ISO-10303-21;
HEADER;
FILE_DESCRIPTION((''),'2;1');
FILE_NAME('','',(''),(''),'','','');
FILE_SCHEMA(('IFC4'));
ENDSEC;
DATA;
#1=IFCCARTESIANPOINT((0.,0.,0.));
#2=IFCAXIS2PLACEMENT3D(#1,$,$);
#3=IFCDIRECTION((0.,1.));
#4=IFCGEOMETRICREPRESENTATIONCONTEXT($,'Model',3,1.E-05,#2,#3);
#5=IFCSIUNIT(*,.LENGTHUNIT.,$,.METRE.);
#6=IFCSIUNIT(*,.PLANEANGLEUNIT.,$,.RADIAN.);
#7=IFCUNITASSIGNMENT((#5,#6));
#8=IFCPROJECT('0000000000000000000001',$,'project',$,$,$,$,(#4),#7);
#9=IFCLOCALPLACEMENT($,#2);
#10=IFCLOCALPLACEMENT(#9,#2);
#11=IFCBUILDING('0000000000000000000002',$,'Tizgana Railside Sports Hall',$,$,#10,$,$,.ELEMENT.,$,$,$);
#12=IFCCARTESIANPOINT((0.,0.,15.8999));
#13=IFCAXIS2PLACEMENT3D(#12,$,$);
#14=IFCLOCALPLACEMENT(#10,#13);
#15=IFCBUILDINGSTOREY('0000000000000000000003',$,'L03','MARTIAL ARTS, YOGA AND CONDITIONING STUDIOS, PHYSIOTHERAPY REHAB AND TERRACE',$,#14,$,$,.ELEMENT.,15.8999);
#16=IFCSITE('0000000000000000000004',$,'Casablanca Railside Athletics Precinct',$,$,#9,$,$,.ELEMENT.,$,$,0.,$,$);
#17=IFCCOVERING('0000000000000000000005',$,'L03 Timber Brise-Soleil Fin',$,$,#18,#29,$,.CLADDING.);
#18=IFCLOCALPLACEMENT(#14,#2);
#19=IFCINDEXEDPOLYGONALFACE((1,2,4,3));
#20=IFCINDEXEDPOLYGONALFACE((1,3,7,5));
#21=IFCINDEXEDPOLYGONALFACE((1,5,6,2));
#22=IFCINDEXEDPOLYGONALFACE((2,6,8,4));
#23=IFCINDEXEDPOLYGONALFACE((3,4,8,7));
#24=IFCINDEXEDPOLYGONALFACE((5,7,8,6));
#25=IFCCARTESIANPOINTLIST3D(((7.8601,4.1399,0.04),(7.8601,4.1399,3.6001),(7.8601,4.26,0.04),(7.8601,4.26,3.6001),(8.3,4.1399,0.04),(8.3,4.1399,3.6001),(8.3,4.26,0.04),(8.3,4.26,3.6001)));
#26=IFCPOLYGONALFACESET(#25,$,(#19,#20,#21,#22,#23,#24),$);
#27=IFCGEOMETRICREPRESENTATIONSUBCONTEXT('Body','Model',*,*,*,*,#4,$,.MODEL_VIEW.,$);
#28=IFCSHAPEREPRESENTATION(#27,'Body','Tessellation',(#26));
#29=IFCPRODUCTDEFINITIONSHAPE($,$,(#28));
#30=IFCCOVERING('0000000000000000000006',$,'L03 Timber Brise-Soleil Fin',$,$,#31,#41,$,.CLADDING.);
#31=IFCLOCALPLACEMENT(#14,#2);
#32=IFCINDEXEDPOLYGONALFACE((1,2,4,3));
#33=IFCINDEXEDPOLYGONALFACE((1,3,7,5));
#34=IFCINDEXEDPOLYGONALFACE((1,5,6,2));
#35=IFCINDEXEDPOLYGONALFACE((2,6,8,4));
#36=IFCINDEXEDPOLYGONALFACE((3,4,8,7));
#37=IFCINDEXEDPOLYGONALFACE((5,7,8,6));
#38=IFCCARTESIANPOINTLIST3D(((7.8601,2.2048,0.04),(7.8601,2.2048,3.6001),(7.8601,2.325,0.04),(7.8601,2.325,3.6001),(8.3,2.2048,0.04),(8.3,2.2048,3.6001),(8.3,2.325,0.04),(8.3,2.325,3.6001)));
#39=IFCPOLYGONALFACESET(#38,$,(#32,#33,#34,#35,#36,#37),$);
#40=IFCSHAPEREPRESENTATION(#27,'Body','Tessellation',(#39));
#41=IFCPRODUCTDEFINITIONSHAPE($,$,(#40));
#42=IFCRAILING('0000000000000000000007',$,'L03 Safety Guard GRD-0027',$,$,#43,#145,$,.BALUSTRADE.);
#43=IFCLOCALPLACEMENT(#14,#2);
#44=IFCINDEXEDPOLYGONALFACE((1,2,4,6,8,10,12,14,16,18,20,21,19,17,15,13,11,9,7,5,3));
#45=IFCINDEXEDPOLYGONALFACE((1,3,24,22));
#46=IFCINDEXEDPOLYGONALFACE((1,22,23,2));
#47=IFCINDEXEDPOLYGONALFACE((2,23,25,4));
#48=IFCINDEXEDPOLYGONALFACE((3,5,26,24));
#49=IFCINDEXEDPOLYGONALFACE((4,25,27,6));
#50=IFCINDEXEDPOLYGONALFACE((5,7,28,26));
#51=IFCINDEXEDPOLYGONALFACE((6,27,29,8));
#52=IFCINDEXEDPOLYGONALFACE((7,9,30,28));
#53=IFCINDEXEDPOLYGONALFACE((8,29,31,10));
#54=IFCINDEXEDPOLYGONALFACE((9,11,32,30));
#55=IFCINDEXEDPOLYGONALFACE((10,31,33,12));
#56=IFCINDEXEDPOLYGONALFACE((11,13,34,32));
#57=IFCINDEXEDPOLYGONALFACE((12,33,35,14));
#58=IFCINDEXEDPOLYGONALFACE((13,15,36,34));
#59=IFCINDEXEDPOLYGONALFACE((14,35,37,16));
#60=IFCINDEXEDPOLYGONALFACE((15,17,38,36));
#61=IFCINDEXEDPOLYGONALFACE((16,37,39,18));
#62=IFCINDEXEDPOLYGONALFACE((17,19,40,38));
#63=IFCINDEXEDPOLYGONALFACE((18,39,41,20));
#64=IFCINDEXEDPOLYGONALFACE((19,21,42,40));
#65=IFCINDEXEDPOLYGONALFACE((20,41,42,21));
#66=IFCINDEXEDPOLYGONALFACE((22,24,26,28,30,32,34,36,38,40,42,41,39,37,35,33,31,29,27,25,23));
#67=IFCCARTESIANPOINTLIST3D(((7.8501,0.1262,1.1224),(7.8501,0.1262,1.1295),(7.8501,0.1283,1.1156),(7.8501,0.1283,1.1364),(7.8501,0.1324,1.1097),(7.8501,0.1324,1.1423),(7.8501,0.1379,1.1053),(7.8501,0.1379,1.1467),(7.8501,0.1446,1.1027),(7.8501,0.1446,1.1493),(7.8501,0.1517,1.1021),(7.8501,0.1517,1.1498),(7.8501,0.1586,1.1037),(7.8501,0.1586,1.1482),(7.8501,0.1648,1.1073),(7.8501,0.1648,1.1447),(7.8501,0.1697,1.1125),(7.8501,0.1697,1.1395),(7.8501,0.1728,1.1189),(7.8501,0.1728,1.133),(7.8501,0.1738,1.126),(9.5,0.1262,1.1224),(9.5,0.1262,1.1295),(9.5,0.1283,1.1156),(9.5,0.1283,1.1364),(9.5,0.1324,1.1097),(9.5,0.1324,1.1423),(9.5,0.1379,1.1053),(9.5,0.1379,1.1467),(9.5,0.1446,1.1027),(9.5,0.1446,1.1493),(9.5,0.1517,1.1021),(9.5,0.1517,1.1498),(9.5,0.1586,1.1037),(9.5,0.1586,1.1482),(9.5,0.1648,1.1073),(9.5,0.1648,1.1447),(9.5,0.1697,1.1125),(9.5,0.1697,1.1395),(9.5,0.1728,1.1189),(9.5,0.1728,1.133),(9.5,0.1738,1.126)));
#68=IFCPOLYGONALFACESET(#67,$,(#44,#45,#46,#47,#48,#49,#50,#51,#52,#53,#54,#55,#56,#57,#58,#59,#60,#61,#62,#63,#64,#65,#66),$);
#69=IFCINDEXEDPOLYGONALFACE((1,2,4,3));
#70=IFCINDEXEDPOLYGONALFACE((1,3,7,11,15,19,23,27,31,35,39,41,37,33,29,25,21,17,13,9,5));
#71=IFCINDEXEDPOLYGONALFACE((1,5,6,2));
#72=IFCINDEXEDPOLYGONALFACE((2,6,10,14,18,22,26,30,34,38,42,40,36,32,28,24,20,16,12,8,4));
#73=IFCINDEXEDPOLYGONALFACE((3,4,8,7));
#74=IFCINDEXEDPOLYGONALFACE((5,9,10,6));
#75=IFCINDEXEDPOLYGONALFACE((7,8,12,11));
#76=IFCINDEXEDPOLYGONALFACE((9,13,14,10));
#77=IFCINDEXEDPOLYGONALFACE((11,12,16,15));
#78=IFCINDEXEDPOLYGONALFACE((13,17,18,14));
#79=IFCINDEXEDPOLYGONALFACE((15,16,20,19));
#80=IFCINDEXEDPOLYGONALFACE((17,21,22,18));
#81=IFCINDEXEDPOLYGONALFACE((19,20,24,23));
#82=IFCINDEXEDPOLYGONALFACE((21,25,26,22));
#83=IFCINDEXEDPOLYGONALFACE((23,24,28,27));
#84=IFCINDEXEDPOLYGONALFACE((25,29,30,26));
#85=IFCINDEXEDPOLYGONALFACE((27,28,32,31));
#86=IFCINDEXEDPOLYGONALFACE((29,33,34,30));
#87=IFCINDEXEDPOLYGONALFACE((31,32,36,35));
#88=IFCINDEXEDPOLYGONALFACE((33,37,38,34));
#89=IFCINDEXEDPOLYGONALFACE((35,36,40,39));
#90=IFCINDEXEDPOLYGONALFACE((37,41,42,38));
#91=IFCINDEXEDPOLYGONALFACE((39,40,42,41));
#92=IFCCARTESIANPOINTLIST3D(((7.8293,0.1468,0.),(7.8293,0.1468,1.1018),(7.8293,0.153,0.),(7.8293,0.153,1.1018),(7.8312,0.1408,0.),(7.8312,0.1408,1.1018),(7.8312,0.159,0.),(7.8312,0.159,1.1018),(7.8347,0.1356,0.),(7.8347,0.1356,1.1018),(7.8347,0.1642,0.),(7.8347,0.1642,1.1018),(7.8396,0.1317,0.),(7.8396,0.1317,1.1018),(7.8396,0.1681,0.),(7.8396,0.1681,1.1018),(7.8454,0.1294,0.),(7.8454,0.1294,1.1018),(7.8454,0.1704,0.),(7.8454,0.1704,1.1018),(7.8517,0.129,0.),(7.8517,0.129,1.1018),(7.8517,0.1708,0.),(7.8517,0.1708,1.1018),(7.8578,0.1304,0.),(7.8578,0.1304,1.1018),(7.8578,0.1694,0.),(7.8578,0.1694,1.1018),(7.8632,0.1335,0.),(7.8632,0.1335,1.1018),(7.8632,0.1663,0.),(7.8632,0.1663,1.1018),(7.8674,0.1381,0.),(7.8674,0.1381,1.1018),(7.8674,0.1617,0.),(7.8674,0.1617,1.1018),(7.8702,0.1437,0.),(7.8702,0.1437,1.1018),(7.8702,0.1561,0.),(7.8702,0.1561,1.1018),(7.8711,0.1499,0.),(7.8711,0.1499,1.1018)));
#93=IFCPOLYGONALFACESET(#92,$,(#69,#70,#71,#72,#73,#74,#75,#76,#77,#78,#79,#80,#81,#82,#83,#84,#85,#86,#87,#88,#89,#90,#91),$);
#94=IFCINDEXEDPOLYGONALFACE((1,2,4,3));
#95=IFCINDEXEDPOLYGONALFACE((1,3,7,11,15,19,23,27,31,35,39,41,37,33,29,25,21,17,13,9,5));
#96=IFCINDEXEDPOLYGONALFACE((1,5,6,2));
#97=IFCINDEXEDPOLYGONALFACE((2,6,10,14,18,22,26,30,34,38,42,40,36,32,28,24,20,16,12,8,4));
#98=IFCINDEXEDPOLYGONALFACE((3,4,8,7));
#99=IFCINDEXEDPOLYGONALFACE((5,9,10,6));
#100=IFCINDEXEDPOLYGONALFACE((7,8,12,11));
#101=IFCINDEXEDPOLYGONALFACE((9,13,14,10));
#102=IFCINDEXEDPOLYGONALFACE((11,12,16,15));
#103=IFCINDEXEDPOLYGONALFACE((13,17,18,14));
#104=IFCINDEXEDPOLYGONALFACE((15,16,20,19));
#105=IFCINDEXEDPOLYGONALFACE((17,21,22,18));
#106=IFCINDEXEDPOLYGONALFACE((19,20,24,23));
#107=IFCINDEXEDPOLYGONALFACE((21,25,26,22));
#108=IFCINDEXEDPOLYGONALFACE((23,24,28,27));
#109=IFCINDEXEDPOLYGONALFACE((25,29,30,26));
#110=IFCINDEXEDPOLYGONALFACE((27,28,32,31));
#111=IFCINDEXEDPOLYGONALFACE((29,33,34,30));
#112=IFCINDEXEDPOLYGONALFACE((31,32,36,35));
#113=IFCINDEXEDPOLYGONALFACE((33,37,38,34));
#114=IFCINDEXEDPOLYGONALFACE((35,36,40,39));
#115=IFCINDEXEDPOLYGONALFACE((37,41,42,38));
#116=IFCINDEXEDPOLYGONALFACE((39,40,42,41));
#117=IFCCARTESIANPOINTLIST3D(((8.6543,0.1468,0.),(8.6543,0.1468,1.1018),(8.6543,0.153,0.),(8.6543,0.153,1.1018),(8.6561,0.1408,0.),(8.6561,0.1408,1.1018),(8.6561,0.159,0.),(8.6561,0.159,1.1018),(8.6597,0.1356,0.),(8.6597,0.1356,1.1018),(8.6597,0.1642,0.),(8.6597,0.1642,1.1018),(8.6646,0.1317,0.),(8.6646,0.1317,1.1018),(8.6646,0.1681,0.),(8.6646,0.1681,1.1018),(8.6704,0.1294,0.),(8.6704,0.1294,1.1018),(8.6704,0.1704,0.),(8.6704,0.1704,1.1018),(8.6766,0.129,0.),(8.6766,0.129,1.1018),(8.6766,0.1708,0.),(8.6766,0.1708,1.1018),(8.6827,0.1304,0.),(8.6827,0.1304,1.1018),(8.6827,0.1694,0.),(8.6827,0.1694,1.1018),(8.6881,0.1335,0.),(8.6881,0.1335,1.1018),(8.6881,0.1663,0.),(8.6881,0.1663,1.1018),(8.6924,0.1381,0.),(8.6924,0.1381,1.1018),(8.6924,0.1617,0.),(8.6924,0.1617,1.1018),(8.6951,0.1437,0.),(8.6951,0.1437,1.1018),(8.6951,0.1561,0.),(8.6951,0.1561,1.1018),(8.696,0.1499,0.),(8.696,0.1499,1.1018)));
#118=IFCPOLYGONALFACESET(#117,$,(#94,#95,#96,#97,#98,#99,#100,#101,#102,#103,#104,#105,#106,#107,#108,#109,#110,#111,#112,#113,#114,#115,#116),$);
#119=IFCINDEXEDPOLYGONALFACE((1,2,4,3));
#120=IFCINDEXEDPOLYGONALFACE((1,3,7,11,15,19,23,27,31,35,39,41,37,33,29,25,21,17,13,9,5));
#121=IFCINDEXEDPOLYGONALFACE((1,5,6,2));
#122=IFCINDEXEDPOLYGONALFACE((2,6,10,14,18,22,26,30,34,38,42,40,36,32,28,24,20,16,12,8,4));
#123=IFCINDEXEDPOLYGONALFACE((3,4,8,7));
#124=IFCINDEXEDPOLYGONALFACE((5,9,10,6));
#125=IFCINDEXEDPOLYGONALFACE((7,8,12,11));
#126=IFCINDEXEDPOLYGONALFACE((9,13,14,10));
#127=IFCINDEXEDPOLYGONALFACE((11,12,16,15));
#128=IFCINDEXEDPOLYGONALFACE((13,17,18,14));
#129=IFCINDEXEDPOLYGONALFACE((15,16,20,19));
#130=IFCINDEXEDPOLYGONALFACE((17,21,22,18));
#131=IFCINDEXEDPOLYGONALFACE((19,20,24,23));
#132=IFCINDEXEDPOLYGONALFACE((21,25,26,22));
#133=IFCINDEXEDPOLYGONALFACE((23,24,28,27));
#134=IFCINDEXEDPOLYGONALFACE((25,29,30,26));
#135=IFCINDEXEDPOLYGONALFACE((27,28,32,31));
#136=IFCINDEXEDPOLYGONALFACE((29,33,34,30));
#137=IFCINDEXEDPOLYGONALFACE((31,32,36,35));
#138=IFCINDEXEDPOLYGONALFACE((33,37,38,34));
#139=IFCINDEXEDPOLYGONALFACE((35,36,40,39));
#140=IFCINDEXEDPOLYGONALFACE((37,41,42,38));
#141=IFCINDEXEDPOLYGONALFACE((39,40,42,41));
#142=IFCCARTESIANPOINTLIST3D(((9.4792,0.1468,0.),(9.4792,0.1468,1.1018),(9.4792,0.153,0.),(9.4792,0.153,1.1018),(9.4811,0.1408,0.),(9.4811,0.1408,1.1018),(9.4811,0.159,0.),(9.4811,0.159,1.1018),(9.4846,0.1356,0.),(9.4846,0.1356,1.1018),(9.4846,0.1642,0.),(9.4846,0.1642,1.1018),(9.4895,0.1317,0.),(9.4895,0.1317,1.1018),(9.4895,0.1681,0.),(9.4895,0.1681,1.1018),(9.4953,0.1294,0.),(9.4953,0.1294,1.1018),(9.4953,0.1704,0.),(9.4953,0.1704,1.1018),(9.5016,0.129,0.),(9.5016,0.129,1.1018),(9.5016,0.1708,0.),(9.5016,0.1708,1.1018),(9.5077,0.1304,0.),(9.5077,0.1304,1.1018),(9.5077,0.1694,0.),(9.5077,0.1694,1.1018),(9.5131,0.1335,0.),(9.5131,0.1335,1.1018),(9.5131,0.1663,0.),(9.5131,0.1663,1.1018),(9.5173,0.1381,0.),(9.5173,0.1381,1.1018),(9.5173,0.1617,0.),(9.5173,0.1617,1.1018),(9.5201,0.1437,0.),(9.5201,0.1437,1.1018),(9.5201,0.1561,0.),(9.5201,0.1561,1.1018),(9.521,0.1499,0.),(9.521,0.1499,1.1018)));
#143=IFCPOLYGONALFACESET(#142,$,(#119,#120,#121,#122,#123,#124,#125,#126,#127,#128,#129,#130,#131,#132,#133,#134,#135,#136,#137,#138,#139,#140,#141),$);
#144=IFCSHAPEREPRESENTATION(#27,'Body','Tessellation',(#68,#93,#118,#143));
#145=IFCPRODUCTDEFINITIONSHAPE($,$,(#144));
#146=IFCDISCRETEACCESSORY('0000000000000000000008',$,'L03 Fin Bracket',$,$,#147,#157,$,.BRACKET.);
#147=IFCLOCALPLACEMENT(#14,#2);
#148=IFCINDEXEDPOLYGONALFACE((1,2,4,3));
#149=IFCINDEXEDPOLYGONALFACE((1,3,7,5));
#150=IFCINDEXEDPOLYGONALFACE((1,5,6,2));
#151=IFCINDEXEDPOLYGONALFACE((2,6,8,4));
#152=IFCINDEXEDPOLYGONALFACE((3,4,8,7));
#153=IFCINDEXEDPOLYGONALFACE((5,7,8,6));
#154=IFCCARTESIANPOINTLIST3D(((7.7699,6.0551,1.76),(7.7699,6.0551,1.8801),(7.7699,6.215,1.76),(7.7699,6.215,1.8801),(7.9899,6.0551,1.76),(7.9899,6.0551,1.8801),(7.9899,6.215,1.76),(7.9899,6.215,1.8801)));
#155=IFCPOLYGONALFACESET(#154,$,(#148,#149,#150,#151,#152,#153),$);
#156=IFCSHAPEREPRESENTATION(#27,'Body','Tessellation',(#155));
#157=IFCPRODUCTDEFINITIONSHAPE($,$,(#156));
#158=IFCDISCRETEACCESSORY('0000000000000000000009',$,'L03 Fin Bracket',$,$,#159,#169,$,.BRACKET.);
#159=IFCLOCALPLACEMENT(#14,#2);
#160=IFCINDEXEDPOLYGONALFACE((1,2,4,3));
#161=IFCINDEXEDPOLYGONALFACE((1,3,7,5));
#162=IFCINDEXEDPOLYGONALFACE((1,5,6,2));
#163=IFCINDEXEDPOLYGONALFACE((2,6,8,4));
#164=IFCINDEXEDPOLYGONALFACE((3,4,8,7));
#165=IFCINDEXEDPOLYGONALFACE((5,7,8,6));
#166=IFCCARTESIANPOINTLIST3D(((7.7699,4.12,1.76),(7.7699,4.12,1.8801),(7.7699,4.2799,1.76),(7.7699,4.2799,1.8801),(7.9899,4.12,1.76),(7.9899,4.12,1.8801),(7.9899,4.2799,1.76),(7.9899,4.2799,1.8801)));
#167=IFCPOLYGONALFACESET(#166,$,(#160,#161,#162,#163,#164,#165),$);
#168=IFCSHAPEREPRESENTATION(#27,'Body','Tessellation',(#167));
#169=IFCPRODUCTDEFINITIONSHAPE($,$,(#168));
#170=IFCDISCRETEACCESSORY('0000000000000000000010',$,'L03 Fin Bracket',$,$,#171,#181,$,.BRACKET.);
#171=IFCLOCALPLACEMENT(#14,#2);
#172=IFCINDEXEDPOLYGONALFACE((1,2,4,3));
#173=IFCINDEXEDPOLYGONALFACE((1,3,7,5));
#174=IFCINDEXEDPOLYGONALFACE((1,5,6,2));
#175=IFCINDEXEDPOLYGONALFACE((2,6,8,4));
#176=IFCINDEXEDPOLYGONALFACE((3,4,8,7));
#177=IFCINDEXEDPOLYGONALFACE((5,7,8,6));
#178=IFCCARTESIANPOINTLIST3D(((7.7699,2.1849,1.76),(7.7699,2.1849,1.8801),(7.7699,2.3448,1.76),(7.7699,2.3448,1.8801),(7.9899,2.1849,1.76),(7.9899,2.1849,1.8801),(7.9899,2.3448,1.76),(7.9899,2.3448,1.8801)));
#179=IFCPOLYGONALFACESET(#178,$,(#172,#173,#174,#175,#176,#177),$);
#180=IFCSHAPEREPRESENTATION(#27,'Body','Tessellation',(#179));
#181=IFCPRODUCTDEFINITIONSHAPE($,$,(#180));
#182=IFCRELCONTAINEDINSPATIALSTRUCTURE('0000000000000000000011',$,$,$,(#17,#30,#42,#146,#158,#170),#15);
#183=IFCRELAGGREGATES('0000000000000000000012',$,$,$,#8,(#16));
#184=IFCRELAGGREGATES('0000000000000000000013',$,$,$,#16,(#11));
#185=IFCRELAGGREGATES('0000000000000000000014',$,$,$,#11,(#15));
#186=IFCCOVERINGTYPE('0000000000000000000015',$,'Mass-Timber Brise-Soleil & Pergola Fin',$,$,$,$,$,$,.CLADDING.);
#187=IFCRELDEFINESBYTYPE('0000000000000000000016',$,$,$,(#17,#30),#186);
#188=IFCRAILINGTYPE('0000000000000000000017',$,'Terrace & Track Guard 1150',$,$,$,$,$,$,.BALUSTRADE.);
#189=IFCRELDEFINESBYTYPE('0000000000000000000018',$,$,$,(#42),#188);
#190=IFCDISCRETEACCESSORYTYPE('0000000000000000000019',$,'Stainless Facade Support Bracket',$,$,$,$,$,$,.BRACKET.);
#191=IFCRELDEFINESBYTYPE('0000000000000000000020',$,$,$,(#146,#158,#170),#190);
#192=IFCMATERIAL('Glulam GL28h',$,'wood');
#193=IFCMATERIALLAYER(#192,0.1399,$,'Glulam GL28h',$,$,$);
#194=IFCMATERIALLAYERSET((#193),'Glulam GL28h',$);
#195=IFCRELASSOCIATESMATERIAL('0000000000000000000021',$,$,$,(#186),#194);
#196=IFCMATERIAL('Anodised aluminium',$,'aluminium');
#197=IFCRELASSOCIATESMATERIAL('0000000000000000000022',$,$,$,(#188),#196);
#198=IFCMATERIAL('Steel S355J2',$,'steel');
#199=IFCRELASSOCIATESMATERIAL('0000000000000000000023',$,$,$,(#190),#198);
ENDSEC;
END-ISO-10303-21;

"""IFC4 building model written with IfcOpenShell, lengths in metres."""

from ifc_helpers import new_model, si_unit, direction, frame, origin, origin_2d, place, context, subcontext, project, spatial, rectangle, circle, extrude, material, layer, layer_set, type_object, element, save


model = new_model("IFC4")

# Units and contexts
model_context = context("Model", 3, precision=1e-05, world=origin(), true_north=direction((0.0, 1.0)))
body_context = subcontext(model_context, "Body", "Model", "MODEL_VIEW")
ifc_project = project(units=[si_unit("LENGTHUNIT", "METRE"), si_unit("PLANEANGLEUNIT", "RADIAN")], contexts=[model_context])

# Site, building, storey
site_placement = place(None, origin())
site = spatial("IfcSite", under=ifc_project, at=site_placement, Name="Casablanca Railside Athletics Precinct", CompositionType="ELEMENT", RefElevation=0.0)
building_placement = place(site_placement, origin())
building = spatial("IfcBuilding", under=site, at=building_placement, Name="Tizgana Railside Sports Hall", CompositionType="ELEMENT")
storey_placement = place(building_placement, frame((0.0, 0.0, 15.8999)))
storey = spatial("IfcBuildingStorey", under=building, at=storey_placement, Name="L03", Description="MARTIAL ARTS, YOGA AND CONDITIONING STUDIOS, PHYSIOTHERAPY REHAB AND TERRACE", CompositionType="ELEMENT", Elevation=15.8999)

# Shared definitions
ifc_material_1 = material(Name="Anodised aluminium", Category="aluminium")

# Coverings
ifc_material_2 = material(Name="Glulam GL28h", Category="wood")
ifc_layer_1 = layer(ifc_material_2, 0.1399, Name="Glulam GL28h")
ifc_layer_set_1 = layer_set([ifc_layer_1], Name="Glulam GL28h")
covering_type = type_object("IfcCoveringType", Name="Mass-Timber Brise-Soleil & Pergola Fin", PredefinedType="CLADDING", material=ifc_layer_set_1)
for number, where, z_axis, x_axis, name in (
    (1, (8.0801, 4.2, 0.04), (0.0, 0.0, 1.0), (0.0, -1.0, 0.0), "L03 Timber Brise-Soleil Fin"),
    (2, (8.0801, 2.2649, 0.04), (0.0, 0.0, 1.0), (0.0, -1.0, 0.0), "L03 Timber Brise-Soleil Fin"),
):
    element("IfcCovering", number, at=place(storey_placement, frame(where, z_axis=z_axis, x_axis=x_axis)), inside=storey, type_object=covering_type, Name=name, PredefinedType="CLADDING", context=body_context, shape_type="SweptSolid", body=[
        extrude(rectangle(XDim=0.1201, YDim=0.4399, at=origin_2d()), origin(), (0.0, 0.0, 1.0), 3.5601),
    ])

# Railing
railing_type = type_object("IfcRailingType", Name="Terrace & Track Guard 1150", PredefinedType="BALUSTRADE", material=ifc_material_1)
railing_placement = place(storey_placement, frame((7.8501, 0.1499, 0.0)))
element("IfcRailing", 3, at=railing_placement, inside=storey, type_object=railing_type, Name="L03 Safety Guard GRD-0027", PredefinedType="BALUSTRADE", context=body_context, shape_type="SweptSolid", body=[
    extrude(circle(Radius=0.0239, at=origin_2d()), frame((0.0, 0.0, 1.126), z_axis=(1.0, 0.0, 0.0), x_axis=(0.0, 1.0, 0.0)), (0.0, 0.0, 1.0), 1.6499),
    extrude(circle(Radius=0.021, at=origin_2d()), origin(), (0.0, 0.0, 1.0), 1.1018),
    extrude(circle(Radius=0.021, at=origin_2d()), frame((0.825, 0.0, 0.0)), (0.0, 0.0, 1.0), 1.1018),
    extrude(circle(Radius=0.021, at=origin_2d()), frame((1.6499, 0.0, 0.0)), (0.0, 0.0, 1.0), 1.1018),
])

# Discrete accessories
ifc_material_3 = material(Name="Steel S355J2", Category="steel")
discrete_accessory_type = type_object("IfcDiscreteAccessoryType", Name="Stainless Facade Support Bracket", PredefinedType="BRACKET", material=ifc_material_3)
for number, where, z_axis, x_axis, name in (
    (4, (7.8799, 6.135, 1.76), (0.0, 0.0, 1.0), (0.0, -1.0, 0.0), "L03 Fin Bracket"),
    (5, (7.8799, 4.2, 1.76), (0.0, 0.0, 1.0), (0.0, -1.0, 0.0), "L03 Fin Bracket"),
    (6, (7.8799, 2.2649, 1.76), (0.0, 0.0, 1.0), (0.0, -1.0, 0.0), "L03 Fin Bracket"),
):
    element("IfcDiscreteAccessory", number, at=place(storey_placement, frame(where, z_axis=z_axis, x_axis=x_axis)), inside=storey, type_object=discrete_accessory_type, Name=name, PredefinedType="BRACKET", context=body_context, shape_type="SweptSolid", body=[
        extrude(rectangle(XDim=0.1599, YDim=0.22, at=origin_2d()), origin(), (0.0, 0.0, 1.0), 0.1201),
    ])

save(model, "model.ifc")
